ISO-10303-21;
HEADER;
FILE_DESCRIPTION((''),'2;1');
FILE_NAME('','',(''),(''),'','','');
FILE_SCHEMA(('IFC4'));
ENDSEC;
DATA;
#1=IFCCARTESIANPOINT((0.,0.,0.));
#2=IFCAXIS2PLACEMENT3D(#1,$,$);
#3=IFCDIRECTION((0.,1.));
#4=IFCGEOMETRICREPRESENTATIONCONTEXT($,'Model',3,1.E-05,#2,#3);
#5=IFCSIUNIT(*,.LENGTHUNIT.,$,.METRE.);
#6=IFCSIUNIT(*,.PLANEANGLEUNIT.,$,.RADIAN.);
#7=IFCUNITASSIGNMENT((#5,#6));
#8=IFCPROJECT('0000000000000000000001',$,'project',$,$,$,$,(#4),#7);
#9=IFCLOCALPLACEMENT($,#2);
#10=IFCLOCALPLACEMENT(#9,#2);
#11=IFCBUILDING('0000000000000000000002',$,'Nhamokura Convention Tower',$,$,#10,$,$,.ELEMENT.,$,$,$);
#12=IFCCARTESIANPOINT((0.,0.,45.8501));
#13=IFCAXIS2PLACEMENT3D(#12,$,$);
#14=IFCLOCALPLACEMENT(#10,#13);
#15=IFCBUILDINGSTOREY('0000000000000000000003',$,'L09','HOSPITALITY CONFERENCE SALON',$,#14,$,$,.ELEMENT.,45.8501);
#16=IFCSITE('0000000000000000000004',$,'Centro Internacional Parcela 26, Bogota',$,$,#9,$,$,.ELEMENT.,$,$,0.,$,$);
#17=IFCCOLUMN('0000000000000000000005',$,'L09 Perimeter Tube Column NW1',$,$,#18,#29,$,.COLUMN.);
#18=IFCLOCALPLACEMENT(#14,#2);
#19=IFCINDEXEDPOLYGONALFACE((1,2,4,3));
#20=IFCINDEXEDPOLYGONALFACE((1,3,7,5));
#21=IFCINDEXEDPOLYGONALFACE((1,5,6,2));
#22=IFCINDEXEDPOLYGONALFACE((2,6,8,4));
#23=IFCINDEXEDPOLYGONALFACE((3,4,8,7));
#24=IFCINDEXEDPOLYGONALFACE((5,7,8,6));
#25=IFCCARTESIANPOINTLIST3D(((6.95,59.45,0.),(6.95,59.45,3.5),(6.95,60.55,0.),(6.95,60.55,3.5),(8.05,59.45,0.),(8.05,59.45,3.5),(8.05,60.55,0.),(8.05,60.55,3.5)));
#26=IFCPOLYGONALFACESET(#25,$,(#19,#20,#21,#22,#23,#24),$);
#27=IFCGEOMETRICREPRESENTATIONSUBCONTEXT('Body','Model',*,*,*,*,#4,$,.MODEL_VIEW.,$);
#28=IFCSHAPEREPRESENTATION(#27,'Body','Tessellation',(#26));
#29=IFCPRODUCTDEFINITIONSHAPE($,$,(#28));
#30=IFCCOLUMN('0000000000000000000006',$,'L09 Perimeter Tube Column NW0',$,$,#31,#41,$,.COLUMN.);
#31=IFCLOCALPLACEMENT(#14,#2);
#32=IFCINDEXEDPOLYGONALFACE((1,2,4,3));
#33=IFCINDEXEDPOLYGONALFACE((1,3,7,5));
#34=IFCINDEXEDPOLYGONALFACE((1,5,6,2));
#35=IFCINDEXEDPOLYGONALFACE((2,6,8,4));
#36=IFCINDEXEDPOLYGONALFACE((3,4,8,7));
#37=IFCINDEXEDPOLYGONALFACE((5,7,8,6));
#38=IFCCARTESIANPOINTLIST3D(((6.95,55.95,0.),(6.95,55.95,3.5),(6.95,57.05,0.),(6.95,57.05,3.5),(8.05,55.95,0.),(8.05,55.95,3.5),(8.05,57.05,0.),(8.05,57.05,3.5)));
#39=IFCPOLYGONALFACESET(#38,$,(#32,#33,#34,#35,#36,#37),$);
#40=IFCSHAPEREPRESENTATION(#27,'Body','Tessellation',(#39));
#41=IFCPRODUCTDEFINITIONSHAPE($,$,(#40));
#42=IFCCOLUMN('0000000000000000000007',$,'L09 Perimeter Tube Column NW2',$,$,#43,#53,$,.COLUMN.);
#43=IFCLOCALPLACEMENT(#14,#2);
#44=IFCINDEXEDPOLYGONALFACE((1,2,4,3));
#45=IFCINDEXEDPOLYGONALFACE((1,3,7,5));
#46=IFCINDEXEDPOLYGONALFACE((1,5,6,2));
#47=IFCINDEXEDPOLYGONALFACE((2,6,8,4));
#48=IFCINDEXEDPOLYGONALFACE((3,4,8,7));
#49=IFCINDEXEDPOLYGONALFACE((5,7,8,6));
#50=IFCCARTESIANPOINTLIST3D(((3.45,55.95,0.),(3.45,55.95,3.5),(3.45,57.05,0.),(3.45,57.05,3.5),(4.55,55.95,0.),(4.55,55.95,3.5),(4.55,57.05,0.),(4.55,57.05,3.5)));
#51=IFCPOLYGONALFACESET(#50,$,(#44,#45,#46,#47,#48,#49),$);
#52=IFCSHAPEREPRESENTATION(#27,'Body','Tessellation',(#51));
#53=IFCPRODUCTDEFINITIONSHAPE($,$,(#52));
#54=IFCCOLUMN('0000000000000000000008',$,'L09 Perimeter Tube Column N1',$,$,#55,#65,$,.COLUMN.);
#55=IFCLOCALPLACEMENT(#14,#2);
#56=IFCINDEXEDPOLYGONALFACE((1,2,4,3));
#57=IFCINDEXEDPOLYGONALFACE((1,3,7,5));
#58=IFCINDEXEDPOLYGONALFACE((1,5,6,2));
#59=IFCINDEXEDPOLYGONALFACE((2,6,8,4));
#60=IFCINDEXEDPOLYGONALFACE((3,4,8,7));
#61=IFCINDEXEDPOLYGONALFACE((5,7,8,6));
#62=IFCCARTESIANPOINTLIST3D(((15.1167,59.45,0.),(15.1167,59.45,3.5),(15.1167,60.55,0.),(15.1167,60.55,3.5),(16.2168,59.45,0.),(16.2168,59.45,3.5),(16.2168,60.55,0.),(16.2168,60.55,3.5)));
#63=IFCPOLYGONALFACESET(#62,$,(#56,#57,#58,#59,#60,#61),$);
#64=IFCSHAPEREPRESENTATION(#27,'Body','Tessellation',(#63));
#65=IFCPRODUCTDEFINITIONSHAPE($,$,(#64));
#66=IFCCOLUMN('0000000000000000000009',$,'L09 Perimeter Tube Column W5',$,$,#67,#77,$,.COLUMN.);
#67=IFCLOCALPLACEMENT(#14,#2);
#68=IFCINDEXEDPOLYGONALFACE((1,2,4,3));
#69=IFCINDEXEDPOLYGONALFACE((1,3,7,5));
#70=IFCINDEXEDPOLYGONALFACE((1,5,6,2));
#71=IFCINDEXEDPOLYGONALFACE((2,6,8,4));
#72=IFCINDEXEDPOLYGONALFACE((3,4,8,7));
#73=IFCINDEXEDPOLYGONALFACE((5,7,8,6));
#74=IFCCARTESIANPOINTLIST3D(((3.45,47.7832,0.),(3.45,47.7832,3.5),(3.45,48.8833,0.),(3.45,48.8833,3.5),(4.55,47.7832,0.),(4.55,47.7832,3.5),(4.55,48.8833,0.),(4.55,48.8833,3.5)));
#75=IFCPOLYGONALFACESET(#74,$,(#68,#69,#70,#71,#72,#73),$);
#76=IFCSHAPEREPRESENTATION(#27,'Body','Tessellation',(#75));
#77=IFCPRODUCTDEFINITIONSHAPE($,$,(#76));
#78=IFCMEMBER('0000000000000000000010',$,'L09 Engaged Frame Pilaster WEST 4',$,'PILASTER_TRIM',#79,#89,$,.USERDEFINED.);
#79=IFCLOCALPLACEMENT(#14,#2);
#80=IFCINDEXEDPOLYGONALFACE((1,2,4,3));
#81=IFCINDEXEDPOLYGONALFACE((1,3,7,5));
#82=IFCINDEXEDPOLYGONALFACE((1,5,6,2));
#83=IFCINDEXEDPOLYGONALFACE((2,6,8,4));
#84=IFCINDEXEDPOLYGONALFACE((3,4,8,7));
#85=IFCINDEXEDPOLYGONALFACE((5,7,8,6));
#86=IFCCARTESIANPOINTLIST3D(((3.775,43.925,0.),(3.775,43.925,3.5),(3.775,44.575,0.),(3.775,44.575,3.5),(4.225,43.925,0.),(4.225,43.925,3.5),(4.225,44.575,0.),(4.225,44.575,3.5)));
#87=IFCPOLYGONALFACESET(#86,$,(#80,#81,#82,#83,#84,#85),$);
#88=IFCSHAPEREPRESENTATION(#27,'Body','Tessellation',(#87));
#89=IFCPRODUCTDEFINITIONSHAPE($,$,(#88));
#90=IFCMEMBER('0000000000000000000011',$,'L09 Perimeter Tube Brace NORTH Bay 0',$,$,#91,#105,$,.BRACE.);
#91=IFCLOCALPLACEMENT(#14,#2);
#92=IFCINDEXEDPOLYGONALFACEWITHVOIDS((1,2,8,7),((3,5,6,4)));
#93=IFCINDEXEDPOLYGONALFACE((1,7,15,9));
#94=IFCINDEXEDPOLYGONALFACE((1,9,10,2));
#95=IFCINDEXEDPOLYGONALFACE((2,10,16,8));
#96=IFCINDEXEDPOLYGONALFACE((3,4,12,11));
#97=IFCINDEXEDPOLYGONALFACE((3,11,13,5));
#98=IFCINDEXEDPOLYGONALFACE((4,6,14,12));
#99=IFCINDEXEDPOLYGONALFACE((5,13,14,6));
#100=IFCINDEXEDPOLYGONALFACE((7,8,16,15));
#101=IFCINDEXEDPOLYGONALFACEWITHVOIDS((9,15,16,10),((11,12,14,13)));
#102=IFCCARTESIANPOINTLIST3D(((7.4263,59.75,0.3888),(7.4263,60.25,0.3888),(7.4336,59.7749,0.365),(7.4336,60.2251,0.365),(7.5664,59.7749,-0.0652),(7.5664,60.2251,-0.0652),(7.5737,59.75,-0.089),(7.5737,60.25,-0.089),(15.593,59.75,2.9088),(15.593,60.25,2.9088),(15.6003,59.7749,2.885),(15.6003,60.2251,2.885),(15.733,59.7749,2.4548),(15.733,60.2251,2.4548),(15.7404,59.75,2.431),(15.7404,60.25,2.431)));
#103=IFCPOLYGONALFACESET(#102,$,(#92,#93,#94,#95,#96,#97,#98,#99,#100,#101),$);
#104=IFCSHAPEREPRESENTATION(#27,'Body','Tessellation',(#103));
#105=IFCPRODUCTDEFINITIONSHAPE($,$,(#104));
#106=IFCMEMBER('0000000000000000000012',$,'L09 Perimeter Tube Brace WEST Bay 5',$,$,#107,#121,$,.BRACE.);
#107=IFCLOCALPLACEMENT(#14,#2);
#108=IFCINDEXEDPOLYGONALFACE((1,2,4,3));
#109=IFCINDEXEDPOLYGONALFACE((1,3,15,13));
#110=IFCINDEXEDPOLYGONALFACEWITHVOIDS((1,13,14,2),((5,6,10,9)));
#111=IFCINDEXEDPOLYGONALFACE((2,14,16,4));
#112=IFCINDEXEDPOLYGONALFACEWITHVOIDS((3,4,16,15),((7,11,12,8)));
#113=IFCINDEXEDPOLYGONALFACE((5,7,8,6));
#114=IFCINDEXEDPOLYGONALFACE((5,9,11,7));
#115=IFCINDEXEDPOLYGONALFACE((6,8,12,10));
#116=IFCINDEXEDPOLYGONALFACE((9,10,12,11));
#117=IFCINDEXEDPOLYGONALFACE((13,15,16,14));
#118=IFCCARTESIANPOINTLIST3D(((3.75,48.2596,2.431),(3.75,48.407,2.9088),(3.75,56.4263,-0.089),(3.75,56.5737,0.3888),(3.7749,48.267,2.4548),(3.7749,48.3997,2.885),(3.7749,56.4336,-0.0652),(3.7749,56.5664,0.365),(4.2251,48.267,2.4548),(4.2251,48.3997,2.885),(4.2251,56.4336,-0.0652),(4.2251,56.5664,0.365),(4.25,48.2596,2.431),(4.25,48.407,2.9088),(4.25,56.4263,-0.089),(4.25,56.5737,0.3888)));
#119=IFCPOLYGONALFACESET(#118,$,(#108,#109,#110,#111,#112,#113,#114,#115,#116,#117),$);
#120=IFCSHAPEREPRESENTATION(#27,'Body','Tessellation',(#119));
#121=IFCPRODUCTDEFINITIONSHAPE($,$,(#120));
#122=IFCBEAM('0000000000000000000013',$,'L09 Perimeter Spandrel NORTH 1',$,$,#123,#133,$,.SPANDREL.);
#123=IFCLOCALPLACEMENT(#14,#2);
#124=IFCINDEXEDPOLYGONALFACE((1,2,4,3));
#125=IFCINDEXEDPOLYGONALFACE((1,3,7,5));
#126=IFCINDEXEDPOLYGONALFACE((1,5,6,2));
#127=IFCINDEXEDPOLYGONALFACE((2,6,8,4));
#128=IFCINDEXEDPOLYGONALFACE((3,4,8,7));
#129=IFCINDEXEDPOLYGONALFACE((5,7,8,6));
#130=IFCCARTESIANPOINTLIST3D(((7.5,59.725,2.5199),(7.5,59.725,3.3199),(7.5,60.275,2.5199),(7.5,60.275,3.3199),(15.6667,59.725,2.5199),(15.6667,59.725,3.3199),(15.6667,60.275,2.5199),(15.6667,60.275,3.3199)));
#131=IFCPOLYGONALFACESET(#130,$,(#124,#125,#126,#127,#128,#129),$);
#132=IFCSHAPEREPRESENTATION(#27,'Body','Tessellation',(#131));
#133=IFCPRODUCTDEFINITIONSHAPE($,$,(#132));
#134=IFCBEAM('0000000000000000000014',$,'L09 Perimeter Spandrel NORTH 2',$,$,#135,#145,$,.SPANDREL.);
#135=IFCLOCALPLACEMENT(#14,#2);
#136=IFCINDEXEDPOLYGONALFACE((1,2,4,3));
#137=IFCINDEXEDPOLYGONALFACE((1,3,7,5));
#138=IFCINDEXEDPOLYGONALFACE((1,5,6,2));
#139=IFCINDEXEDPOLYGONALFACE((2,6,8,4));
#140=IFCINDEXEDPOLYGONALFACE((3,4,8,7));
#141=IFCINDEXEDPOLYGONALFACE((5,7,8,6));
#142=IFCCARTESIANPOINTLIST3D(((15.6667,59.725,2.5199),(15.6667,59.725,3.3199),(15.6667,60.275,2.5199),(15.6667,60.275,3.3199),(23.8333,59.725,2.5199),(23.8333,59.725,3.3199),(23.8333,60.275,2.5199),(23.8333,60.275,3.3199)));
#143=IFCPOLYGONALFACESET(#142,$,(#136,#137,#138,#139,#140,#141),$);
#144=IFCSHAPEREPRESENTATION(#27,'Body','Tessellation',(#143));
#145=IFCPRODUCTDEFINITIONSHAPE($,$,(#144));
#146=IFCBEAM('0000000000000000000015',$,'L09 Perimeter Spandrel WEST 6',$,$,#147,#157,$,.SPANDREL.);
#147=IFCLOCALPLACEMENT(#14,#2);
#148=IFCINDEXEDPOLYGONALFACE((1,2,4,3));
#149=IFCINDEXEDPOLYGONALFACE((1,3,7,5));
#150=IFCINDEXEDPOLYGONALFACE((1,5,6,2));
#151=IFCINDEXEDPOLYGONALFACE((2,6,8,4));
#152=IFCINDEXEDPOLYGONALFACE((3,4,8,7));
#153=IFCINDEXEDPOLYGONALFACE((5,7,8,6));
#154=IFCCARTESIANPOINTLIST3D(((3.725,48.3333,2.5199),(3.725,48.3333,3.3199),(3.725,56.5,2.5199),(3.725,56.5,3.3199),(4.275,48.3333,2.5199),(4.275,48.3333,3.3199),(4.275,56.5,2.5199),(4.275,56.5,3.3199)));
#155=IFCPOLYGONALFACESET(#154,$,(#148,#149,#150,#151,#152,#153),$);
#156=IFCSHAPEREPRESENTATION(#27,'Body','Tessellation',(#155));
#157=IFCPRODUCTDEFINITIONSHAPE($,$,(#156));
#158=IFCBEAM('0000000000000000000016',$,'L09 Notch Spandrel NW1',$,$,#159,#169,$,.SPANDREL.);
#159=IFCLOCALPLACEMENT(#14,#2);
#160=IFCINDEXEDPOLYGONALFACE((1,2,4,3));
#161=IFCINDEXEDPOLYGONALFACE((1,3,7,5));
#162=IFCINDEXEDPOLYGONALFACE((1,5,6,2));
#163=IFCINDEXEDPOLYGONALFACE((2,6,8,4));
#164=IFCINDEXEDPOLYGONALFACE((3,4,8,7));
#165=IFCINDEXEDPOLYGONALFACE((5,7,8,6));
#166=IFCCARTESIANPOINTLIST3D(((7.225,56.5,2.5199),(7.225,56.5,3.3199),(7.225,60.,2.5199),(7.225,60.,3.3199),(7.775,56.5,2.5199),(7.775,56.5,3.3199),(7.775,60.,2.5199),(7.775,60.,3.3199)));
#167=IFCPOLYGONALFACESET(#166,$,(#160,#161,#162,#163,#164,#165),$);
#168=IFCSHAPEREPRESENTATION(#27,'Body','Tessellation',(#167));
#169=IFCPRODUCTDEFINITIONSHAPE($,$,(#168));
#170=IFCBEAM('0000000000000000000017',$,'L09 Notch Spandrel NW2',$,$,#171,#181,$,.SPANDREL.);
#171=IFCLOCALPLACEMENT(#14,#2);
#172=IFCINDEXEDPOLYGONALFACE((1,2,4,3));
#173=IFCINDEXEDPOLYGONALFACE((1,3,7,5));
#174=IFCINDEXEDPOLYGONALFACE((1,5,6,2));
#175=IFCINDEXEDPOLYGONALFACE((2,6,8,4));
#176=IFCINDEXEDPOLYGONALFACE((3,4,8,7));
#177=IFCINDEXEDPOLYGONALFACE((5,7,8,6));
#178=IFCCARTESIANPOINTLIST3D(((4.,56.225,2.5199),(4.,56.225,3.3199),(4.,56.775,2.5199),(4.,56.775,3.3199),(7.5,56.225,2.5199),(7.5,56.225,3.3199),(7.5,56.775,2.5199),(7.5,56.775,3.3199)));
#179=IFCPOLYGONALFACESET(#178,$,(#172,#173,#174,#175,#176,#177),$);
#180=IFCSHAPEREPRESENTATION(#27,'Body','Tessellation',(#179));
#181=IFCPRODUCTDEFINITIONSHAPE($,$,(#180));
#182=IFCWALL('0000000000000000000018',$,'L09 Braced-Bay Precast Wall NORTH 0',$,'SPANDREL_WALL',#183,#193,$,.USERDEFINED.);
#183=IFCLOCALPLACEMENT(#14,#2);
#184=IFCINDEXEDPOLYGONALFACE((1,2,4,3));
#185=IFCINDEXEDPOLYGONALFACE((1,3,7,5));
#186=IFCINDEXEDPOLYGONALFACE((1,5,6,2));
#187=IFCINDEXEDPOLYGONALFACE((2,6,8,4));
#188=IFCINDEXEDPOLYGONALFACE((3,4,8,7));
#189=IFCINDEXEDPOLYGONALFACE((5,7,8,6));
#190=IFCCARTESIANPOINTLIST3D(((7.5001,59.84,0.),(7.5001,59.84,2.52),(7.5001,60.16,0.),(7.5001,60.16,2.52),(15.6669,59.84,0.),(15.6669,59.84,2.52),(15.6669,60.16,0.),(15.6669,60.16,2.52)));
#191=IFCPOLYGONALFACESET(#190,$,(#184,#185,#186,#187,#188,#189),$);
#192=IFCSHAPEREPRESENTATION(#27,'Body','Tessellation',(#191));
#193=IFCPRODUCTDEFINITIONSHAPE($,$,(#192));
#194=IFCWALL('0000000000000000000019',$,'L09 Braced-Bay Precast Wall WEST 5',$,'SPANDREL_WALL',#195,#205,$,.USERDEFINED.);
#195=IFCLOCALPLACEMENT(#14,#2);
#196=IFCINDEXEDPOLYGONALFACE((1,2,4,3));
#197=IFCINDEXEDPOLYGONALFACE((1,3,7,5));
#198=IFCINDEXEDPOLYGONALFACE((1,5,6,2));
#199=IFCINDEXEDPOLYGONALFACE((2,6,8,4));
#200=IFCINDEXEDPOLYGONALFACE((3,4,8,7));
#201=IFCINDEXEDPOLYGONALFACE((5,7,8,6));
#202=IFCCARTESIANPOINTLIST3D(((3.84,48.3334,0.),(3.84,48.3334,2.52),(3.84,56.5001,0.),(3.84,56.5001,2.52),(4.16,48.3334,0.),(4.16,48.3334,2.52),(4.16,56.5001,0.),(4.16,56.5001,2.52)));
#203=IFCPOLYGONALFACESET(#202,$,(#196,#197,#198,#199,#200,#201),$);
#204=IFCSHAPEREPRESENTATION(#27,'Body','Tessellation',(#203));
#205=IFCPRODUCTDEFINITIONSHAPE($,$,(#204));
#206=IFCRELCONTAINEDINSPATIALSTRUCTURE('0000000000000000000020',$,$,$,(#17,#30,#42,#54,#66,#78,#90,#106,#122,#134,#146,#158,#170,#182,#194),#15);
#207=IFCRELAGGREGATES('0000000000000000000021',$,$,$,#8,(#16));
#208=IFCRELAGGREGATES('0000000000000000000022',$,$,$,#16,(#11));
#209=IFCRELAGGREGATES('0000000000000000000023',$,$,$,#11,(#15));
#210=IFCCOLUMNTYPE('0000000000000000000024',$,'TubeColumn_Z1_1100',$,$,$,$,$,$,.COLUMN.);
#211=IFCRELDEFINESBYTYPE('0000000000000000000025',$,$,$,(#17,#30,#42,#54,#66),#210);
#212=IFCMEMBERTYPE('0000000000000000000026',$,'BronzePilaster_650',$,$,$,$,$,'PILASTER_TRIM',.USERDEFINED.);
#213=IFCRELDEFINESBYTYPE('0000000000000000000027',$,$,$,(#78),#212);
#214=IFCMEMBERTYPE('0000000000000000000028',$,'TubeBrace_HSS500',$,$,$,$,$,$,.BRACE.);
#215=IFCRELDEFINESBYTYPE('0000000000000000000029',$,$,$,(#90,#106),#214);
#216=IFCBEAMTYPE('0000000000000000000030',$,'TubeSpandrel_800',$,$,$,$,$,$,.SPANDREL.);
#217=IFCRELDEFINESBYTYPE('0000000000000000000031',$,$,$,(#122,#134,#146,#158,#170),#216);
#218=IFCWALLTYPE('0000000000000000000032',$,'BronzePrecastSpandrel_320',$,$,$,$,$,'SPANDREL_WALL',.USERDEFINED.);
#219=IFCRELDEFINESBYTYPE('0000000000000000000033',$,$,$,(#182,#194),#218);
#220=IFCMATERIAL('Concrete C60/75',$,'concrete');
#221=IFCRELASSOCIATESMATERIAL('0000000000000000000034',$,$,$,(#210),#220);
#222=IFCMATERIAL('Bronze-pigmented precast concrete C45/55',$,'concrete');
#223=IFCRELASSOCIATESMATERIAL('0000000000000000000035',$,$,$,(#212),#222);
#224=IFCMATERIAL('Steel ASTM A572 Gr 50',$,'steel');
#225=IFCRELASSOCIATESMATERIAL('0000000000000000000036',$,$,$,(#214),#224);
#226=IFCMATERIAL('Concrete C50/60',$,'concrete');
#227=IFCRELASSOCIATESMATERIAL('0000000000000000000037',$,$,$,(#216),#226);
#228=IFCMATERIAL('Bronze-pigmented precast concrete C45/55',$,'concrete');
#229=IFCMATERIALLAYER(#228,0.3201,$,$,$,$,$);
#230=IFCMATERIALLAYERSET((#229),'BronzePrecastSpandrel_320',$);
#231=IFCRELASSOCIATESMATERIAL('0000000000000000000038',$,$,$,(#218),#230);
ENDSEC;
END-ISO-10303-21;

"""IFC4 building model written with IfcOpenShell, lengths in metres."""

from ifc_helpers import new_model, si_unit, direction, frame, frame_2d, origin, origin_2d, place, context, subcontext, project, spatial, rectangle, hollow_rectangle, extrude, material, layer, layer_set, material_profile, profile_set, type_object, element, save


model = new_model("IFC4")

# Units and contexts
model_context = context("Model", 3, precision=1e-05, world=origin(), true_north=direction((0.0, 1.0)))
body_context = subcontext(model_context, "Body", "Model", "MODEL_VIEW")
ifc_project = project(units=[si_unit("LENGTHUNIT", "METRE"), si_unit("PLANEANGLEUNIT", "RADIAN")], contexts=[model_context])

# Site, building, storey
site_placement = place(None, origin())
site = spatial("IfcSite", under=ifc_project, at=site_placement, Name="Centro Internacional Parcela 26, Bogota", CompositionType="ELEMENT", RefElevation=0.0)
building_placement = place(site_placement, origin())
building = spatial("IfcBuilding", under=site, at=building_placement, Name="Nhamokura Convention Tower", CompositionType="ELEMENT")
storey_placement = place(building_placement, frame((0.0, 0.0, 45.8501)))
storey = spatial("IfcBuildingStorey", under=building, at=storey_placement, Name="L09", Description="HOSPITALITY CONFERENCE SALON", CompositionType="ELEMENT", Elevation=45.8501)

# Columns
ifc_material_1 = material(Name="Concrete C60/75", Category="concrete")
ifc_material_profile_1 = material_profile(ifc_material_1, rectangle(XDim=1.1001, YDim=1.1001, at=origin_2d()))
ifc_profile_set_1 = profile_set([ifc_material_profile_1], Name="Concrete C60/75")
column_type = type_object("IfcColumnType", Name="TubeColumn_Z1_1100", PredefinedType="COLUMN", material=ifc_profile_set_1)
for number, where, z_axis, x_axis, name in (
    (1, (7.5, 60.0, 0.0), (0.0, 0.0, 1.0), (1.0, 0.0, 0.0), "L09 Perimeter Tube Column NW1"),
    (2, (7.5, 56.5, 0.0), (0.0, 0.0, 1.0), (1.0, 0.0, 0.0), "L09 Perimeter Tube Column NW0"),
    (3, (4.0, 56.5, 0.0), (0.0, 0.0, 1.0), (1.0, 0.0, 0.0), "L09 Perimeter Tube Column NW2"),
    (4, (15.6667, 60.0, 0.0), (0.0, 0.0, 1.0), (1.0, 0.0, 0.0), "L09 Perimeter Tube Column N1"),
    (5, (4.0, 48.3333, 0.0), (0.0, 0.0, 1.0), (1.0, 0.0, 0.0), "L09 Perimeter Tube Column W5"),
):
    element("IfcColumn", number, at=place(storey_placement, frame(where, z_axis=z_axis, x_axis=x_axis)), inside=storey, type_object=column_type, Name=name, PredefinedType="COLUMN", context=body_context, shape_type="SweptSolid", body=[
        extrude(rectangle(XDim=1.1001, YDim=1.1001, at=origin_2d()), origin(), (0.0, 0.0, 1.0), 3.5),
    ])

# Members
ifc_material_2 = material(Name="Bronze-pigmented precast concrete C45/55", Category="concrete")
ifc_material_profile_2 = material_profile(ifc_material_2, rectangle(XDim=0.45, YDim=0.6499, at=origin_2d()))
ifc_profile_set_2 = profile_set([ifc_material_profile_2], Name="Bronze-pigmented precast concrete C45/55")
member_type_1 = type_object("IfcMemberType", Name="BronzePilaster_650", ElementType="PILASTER_TRIM", PredefinedType="USERDEFINED", material=ifc_profile_set_2)
member_placement = place(storey_placement, frame((4.0, 44.25, 0.0), z_axis=(0.0, 0.0, 1.0), x_axis=(1.0, 0.0, 0.0)))
element("IfcMember", 6, at=member_placement, inside=storey, type_object=member_type_1, Name="L09 Engaged Frame Pilaster WEST 4", ObjectType="PILASTER_TRIM", PredefinedType="USERDEFINED", context=body_context, shape_type="SweptSolid", body=[
    extrude(rectangle(XDim=0.45, YDim=0.6499, at=origin_2d()), origin(), (0.0, 0.0, 1.0), 3.5),
])
ifc_material_3 = material(Name="Steel ASTM A572 Gr 50", Category="steel")
ifc_material_profile_3 = material_profile(ifc_material_3, hollow_rectangle(XDim=0.5, YDim=0.5, WallThickness=0.0249, at=origin_2d()))
ifc_profile_set_3 = profile_set([ifc_material_profile_3], Name="Steel ASTM A572 Gr 50")
member_type_2 = type_object("IfcMemberType", Name="TubeBrace_HSS500", PredefinedType="BRACE", material=ifc_profile_set_3)
for number, where, z_axis, x_axis, name in (
    (7, (7.5, 60.0, 0.1499), (0.955543, 0.0, 0.294853), (0.0, 1.0, 0.0), "L09 Perimeter Tube Brace NORTH Bay 0"),
    (8, (4.0, 56.5, 0.1499), (0.0, -0.955543, 0.294853), (1.0, 0.0, 0.0), "L09 Perimeter Tube Brace WEST Bay 5"),
):
    element("IfcMember", number, at=place(storey_placement, frame(where, z_axis=z_axis, x_axis=x_axis)), inside=storey, type_object=member_type_2, Name=name, PredefinedType="BRACE", context=body_context, shape_type="SweptSolid", body=[
        extrude(hollow_rectangle(XDim=0.5, YDim=0.5, WallThickness=0.0249, at=origin_2d()), origin(), (0.0, 0.0, 1.0), 8.5466),
    ])

# Beams
ifc_material_4 = material(Name="Concrete C50/60", Category="concrete")
ifc_material_profile_4 = material_profile(ifc_material_4, rectangle(XDim=0.55, YDim=0.8, at=origin_2d()))
ifc_profile_set_4 = profile_set([ifc_material_profile_4], Name="Concrete C50/60")
beam_type = type_object("IfcBeamType", Name="TubeSpandrel_800", PredefinedType="SPANDREL", material=ifc_profile_set_4)
beam_1_placement = place(storey_placement, frame((7.5, 60.0, 2.9199), z_axis=(1.0, 0.0, 0.0), x_axis=(0.0, 1.0, 0.0)))
element("IfcBeam", 9, at=beam_1_placement, inside=storey, type_object=beam_type, Name="L09 Perimeter Spandrel NORTH 1", PredefinedType="SPANDREL", context=body_context, shape_type="SweptSolid", body=[
    extrude(rectangle(XDim=0.55, YDim=0.8, at=origin_2d()), origin(), (0.0, 0.0, 1.0), 8.1667),
])
beam_2_placement = place(storey_placement, frame((15.6667, 60.0, 2.9199), z_axis=(1.0, 0.0, 0.0), x_axis=(0.0, 1.0, 0.0)))
element("IfcBeam", 10, at=beam_2_placement, inside=storey, type_object=beam_type, Name="L09 Perimeter Spandrel NORTH 2", PredefinedType="SPANDREL", context=body_context, shape_type="SweptSolid", body=[
    extrude(rectangle(XDim=0.55, YDim=0.8, at=origin_2d()), origin(), (0.0, 0.0, 1.0), 8.1665),
])
beam_3_placement = place(storey_placement, frame((4.0, 48.3333, 2.9199), z_axis=(0.0, 1.0, 0.0), x_axis=(-1.0, 0.0, 0.0)))
element("IfcBeam", 11, at=beam_3_placement, inside=storey, type_object=beam_type, Name="L09 Perimeter Spandrel WEST 6", PredefinedType="SPANDREL", context=body_context, shape_type="SweptSolid", body=[
    extrude(rectangle(XDim=0.55, YDim=0.8, at=origin_2d()), origin(), (0.0, 0.0, 1.0), 8.1667),
])
for number, where, z_axis, x_axis, name in (
    (12, (7.5, 60.0, 2.9199), (0.0, -1.0, 0.0), (1.0, 0.0, 0.0), "L09 Notch Spandrel NW1"),
    (13, (7.5, 56.5, 2.9199), (-1.0, 0.0, 0.0), (0.0, -1.0, 0.0), "L09 Notch Spandrel NW2"),
):
    element("IfcBeam", number, at=place(storey_placement, frame(where, z_axis=z_axis, x_axis=x_axis)), inside=storey, type_object=beam_type, Name=name, PredefinedType="SPANDREL", context=body_context, shape_type="SweptSolid", body=[
        extrude(rectangle(XDim=0.55, YDim=0.8, at=origin_2d()), origin(), (0.0, 0.0, 1.0), 3.5),
    ])

# Walls
ifc_material_5 = material(Name="Bronze-pigmented precast concrete C45/55", Category="concrete")
ifc_layer_1 = layer(ifc_material_5, 0.3201)
ifc_layer_set_1 = layer_set([ifc_layer_1], Name="BronzePrecastSpandrel_320")
wall_type_1 = type_object("IfcWallType", Name="BronzePrecastSpandrel_320", ElementType="SPANDREL_WALL", PredefinedType="USERDEFINED", material=ifc_layer_set_1)
for number, where, z_axis, x_axis, name in (
    (14, (7.5, 60.0, 0.0), (0.0, 0.0, 1.0), (1.0, 0.0, 0.0), "L09 Braced-Bay Precast Wall NORTH 0"),
    (15, (4.0, 48.3333, 0.0), (0.0, 0.0, 1.0), (0.0, 1.0, 0.0), "L09 Braced-Bay Precast Wall WEST 5"),
):
    element("IfcWall", number, at=place(storey_placement, frame(where, z_axis=z_axis, x_axis=x_axis)), inside=storey, type_object=wall_type_1, Name=name, ObjectType="SPANDREL_WALL", PredefinedType="USERDEFINED", context=body_context, shape_type="SweptSolid", body=[
        extrude(rectangle(XDim=8.1667, YDim=0.3201, at=frame_2d((4.0835, 0.0))), origin(), (0.0, 0.0, 1.0), 2.52),
    ])

save(model, "model.ifc")
